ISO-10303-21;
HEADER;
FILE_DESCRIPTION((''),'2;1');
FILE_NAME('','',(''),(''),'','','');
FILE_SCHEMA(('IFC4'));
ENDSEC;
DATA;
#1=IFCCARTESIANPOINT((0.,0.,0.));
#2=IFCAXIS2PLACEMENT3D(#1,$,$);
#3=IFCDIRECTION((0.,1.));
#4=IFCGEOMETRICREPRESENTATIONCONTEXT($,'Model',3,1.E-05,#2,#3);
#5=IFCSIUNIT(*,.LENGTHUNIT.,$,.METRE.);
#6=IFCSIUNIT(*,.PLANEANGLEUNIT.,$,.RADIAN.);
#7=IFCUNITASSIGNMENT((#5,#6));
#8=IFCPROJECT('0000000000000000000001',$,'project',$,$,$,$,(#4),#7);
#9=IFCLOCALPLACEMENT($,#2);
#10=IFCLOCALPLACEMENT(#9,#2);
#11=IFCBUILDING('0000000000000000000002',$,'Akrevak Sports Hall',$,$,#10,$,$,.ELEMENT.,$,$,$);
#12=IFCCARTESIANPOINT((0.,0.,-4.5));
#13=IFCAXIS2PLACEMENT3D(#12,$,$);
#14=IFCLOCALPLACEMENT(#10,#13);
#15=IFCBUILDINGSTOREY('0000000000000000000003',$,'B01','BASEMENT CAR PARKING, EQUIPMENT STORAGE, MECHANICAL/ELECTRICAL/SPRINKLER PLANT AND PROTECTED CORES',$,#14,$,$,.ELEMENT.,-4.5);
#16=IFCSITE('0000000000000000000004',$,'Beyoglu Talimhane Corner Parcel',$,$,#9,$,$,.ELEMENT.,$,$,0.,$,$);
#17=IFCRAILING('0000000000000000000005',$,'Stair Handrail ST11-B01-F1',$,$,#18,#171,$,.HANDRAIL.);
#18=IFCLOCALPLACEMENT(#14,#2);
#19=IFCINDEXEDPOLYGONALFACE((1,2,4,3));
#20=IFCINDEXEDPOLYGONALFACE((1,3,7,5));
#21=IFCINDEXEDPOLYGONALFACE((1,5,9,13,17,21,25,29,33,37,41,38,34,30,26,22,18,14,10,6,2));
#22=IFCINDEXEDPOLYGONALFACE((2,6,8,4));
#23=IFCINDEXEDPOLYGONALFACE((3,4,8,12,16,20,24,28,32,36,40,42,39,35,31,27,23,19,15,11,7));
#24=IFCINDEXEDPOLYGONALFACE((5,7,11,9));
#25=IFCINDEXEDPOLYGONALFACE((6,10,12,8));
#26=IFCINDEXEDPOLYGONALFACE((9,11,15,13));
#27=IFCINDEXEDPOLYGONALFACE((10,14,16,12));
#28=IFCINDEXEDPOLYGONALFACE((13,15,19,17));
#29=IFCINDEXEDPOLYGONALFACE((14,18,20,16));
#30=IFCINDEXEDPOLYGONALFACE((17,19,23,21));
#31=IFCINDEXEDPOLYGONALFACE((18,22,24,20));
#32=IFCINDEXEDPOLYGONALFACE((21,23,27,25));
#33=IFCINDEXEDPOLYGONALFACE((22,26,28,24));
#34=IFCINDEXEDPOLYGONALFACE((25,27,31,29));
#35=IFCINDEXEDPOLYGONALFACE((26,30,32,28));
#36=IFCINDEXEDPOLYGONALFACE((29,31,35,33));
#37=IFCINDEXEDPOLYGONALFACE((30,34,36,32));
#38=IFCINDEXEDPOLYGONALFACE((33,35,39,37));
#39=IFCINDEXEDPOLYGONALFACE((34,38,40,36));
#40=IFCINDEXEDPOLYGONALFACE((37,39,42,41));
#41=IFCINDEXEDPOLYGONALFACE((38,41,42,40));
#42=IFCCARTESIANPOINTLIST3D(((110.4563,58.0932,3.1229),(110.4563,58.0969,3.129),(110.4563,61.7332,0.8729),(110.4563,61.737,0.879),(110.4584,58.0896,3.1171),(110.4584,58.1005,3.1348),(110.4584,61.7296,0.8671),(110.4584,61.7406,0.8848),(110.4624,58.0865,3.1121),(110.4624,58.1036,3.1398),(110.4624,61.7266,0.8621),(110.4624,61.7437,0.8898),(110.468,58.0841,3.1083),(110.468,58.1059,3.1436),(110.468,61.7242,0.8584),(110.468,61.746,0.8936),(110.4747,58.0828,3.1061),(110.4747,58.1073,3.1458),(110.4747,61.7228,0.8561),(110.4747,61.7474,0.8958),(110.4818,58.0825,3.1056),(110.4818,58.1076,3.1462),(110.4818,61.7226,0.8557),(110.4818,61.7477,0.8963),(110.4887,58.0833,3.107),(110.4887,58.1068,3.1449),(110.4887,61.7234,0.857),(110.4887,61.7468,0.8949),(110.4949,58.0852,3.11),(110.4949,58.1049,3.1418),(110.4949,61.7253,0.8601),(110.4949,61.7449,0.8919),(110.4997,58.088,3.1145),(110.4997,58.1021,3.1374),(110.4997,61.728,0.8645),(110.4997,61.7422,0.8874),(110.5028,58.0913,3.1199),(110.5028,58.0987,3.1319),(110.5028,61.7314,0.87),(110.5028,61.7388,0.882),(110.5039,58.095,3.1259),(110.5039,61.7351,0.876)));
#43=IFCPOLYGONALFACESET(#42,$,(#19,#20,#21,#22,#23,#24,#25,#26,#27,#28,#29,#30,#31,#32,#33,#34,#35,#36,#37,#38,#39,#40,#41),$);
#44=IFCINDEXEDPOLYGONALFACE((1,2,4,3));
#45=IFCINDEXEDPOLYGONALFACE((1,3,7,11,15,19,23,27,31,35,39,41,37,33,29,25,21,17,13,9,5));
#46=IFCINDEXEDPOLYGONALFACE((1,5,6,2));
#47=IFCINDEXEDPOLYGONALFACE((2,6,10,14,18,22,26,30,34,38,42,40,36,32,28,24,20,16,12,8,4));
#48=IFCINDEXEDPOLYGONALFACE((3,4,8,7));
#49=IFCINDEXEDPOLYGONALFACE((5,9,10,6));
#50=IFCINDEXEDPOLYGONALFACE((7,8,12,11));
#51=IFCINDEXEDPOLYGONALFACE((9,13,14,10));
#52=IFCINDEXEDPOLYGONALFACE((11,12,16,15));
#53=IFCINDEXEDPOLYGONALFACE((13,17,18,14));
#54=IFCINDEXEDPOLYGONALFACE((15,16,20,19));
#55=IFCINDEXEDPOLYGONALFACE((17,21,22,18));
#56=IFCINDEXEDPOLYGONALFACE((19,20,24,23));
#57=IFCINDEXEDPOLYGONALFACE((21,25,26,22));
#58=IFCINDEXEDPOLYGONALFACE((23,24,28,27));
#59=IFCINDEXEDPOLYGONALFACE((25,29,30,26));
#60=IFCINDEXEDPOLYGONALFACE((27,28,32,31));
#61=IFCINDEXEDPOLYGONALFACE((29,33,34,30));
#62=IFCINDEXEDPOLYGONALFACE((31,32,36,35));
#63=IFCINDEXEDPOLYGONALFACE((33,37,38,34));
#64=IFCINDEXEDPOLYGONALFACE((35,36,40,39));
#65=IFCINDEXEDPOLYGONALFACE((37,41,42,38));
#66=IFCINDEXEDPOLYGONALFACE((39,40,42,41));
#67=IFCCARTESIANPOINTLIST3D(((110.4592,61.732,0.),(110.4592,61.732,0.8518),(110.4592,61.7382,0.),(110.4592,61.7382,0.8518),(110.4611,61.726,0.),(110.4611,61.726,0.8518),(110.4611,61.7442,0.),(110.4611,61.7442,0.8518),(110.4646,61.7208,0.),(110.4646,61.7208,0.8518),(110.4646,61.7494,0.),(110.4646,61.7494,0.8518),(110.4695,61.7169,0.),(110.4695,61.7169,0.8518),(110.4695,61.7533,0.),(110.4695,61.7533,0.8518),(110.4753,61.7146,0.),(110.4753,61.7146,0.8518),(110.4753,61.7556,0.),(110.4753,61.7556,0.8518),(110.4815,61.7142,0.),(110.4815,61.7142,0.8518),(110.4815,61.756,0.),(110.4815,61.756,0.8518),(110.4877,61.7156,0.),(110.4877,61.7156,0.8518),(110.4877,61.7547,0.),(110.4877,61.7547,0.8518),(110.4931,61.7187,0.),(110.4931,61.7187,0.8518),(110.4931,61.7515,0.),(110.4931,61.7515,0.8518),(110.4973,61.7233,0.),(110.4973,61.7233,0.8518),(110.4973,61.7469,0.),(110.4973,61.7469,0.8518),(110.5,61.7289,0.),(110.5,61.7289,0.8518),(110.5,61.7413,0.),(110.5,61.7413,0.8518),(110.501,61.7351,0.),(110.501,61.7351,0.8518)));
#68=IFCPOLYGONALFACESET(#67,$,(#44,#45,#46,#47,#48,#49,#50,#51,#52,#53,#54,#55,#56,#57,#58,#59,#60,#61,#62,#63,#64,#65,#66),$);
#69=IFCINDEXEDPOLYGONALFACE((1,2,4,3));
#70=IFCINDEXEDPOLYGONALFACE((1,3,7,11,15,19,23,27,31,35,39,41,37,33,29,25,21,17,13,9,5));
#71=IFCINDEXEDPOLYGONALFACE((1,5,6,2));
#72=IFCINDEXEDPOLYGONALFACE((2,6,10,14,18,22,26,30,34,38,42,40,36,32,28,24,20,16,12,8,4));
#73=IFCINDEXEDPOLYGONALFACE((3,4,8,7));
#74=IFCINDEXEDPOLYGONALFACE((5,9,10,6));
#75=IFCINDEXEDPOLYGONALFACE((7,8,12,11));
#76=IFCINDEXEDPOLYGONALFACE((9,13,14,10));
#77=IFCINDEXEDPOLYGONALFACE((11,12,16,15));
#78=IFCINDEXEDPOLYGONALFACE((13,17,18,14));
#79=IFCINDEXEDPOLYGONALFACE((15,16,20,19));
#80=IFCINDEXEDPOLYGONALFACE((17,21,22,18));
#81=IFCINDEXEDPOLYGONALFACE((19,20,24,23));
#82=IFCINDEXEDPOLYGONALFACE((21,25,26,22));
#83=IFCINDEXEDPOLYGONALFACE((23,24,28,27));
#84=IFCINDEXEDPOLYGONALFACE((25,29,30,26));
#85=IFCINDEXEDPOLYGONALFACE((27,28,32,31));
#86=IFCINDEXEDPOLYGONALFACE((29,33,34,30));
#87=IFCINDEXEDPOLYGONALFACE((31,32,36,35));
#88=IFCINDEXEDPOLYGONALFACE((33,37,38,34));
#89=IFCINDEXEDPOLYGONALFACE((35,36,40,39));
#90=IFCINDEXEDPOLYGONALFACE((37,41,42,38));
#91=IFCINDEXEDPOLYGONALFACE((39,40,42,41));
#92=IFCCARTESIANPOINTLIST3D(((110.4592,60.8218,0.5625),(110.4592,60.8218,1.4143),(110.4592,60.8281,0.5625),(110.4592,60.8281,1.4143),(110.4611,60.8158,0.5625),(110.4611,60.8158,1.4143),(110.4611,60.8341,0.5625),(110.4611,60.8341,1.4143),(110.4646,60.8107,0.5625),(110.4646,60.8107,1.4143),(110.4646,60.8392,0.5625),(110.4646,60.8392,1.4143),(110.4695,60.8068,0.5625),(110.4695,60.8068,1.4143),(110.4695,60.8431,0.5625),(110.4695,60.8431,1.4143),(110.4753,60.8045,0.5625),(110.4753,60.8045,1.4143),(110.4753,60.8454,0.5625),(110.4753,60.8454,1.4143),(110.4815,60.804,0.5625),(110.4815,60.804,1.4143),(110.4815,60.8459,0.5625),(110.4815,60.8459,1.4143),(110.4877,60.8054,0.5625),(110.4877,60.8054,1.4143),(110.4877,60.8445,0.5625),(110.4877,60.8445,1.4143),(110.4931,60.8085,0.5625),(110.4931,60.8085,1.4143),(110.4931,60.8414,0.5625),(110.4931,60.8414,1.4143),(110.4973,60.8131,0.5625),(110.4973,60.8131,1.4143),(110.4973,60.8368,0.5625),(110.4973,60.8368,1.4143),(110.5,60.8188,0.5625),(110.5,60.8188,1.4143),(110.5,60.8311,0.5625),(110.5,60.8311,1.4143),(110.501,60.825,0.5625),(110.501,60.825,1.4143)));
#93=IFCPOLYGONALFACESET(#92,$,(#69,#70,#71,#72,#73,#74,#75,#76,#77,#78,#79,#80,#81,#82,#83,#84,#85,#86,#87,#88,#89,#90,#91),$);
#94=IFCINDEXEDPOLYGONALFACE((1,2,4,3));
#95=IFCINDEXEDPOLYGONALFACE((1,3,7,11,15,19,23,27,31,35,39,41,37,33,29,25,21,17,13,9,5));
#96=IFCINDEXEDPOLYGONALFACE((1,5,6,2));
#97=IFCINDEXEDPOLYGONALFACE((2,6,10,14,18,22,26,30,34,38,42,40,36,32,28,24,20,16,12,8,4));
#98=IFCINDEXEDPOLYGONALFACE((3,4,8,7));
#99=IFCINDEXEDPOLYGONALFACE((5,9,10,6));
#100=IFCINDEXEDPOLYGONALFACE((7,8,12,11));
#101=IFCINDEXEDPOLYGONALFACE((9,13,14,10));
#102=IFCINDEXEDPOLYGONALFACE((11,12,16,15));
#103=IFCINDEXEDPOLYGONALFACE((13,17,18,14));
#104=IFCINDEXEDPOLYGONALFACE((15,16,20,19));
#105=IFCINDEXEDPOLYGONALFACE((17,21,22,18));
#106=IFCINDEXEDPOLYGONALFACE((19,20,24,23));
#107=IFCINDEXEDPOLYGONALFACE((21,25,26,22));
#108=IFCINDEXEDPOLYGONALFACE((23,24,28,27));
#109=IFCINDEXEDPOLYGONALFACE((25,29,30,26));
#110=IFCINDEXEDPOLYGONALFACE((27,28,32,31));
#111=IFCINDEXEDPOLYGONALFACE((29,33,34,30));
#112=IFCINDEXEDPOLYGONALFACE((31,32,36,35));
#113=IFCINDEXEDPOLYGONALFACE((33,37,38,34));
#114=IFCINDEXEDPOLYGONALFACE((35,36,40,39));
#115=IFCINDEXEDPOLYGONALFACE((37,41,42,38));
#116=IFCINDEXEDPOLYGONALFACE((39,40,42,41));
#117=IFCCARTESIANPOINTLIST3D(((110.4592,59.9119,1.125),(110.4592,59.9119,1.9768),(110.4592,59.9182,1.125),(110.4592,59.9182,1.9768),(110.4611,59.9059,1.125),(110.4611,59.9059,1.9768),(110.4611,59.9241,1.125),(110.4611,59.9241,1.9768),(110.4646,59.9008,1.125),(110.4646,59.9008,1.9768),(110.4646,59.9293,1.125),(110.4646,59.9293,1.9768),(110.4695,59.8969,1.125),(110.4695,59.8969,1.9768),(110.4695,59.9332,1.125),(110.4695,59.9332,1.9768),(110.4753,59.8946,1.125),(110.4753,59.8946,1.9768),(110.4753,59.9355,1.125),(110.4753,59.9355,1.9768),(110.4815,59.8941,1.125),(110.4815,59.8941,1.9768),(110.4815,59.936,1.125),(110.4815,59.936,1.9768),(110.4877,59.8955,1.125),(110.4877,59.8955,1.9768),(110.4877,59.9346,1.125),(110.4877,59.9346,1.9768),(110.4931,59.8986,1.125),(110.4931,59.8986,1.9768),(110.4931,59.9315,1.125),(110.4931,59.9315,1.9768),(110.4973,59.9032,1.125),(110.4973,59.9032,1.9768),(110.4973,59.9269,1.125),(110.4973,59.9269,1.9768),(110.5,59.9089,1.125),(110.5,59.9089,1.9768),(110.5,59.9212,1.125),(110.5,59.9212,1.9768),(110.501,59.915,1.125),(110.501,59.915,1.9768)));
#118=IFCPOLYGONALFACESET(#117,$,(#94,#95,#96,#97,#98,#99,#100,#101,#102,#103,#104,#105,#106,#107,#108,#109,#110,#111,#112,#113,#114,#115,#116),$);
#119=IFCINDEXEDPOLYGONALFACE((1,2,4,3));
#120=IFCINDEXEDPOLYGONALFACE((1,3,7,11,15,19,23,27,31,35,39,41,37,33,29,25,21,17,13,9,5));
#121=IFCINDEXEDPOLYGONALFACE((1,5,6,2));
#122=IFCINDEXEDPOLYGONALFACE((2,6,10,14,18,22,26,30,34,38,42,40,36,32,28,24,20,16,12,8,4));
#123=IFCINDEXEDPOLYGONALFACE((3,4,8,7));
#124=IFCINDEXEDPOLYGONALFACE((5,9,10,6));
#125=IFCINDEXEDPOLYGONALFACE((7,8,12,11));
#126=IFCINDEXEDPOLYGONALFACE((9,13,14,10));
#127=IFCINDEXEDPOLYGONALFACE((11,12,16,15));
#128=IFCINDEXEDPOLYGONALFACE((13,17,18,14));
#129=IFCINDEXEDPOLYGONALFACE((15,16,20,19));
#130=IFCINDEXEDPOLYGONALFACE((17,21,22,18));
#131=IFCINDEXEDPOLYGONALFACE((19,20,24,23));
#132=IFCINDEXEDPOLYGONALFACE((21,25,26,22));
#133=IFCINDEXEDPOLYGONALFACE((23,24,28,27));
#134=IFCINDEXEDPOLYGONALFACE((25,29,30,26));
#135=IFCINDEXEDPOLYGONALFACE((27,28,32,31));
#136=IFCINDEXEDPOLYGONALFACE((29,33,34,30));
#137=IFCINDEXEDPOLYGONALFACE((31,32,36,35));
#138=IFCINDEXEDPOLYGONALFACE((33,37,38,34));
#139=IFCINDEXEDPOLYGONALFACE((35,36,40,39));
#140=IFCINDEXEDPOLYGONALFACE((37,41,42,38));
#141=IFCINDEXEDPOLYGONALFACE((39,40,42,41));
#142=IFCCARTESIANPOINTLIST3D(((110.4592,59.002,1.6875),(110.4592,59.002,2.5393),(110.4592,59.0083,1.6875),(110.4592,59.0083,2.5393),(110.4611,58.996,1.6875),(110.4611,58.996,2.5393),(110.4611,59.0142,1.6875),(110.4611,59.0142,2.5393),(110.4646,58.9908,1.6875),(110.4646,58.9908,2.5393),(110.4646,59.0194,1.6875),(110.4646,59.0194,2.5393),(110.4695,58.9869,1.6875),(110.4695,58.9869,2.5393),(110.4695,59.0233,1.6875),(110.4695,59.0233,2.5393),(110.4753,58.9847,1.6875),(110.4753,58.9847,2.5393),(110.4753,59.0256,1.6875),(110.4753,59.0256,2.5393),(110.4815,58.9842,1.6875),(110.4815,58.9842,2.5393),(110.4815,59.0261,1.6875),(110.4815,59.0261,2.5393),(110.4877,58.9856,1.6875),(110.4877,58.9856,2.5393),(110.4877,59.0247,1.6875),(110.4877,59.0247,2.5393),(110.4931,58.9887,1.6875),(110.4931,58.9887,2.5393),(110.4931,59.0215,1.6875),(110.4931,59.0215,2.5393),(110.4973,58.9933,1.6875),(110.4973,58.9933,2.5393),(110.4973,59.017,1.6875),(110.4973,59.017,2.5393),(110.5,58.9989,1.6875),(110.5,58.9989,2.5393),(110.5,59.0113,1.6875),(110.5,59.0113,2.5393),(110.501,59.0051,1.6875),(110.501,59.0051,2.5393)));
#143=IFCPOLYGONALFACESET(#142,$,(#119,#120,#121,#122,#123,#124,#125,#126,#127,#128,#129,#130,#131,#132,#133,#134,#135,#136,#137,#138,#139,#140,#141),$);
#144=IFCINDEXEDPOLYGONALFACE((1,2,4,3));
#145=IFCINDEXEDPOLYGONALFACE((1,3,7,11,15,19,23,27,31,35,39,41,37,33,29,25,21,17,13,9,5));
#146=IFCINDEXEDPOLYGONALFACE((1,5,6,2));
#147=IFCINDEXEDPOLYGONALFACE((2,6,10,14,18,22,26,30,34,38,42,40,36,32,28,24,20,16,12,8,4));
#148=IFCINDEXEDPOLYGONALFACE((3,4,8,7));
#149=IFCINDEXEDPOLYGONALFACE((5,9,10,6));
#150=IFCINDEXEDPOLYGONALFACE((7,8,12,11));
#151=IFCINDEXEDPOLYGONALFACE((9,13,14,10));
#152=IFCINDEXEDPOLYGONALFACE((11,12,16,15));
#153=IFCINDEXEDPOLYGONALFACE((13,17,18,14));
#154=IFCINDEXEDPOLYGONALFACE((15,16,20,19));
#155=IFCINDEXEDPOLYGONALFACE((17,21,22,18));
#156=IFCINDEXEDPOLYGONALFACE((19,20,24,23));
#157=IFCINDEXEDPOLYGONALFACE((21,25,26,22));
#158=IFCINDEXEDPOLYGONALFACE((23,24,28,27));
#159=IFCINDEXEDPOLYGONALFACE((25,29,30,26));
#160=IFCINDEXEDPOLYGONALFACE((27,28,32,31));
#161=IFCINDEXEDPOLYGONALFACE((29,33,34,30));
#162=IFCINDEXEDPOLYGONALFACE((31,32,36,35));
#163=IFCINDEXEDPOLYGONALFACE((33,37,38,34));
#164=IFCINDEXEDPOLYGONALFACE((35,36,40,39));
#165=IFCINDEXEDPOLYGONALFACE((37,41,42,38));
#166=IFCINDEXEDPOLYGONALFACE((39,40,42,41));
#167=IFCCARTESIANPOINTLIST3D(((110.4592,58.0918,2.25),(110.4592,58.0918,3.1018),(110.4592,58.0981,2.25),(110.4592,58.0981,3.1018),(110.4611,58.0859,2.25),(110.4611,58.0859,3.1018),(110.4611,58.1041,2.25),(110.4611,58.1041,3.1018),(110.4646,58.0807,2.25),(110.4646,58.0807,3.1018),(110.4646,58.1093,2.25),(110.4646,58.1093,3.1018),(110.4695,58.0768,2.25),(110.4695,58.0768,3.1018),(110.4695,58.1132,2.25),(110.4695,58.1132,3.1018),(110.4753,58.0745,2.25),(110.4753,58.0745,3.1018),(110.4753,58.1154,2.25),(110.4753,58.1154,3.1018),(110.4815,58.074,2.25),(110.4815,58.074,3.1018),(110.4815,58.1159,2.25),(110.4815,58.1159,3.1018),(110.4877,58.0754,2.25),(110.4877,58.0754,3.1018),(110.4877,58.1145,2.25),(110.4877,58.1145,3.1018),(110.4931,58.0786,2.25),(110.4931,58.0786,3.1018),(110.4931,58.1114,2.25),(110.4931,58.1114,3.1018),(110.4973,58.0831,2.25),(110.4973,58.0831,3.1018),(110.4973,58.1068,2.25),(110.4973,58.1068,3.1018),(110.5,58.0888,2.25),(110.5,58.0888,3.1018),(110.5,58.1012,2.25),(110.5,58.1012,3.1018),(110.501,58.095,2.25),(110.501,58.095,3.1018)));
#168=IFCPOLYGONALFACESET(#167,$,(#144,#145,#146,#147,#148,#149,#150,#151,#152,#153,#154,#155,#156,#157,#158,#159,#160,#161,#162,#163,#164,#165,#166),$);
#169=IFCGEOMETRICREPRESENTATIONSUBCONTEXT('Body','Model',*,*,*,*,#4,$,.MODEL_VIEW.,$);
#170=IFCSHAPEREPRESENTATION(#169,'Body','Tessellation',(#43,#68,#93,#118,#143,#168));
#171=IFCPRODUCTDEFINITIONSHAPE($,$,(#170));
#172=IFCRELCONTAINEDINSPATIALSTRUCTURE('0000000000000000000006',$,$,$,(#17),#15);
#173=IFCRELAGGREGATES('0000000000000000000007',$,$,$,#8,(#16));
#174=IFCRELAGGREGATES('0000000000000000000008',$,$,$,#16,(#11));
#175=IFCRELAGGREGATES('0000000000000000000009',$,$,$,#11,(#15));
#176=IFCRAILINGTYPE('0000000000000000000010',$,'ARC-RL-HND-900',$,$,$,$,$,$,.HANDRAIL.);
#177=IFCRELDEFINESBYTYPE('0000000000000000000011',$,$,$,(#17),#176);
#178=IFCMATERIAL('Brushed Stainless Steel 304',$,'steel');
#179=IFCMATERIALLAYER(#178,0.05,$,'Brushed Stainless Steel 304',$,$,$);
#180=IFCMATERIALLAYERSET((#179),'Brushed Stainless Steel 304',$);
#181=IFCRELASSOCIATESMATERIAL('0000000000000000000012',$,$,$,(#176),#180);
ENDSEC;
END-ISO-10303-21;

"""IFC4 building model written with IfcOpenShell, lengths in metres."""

from ifc_helpers import new_model, si_unit, direction, frame, origin, origin_2d, place, context, subcontext, project, spatial, circle, extrude, material, layer, layer_set, type_object, element, save


model = new_model("IFC4")

# Units and contexts
model_context = context("Model", 3, precision=1e-05, world=origin(), true_north=direction((0.0, 1.0)))
body_context = subcontext(model_context, "Body", "Model", "MODEL_VIEW")
ifc_project = project(units=[si_unit("LENGTHUNIT", "METRE"), si_unit("PLANEANGLEUNIT", "RADIAN")], contexts=[model_context])

# Site, building, storey
site_placement = place(None, origin())
site = spatial("IfcSite", under=ifc_project, at=site_placement, Name="Beyoglu Talimhane Corner Parcel", CompositionType="ELEMENT", RefElevation=0.0)
building_placement = place(site_placement, origin())
building = spatial("IfcBuilding", under=site, at=building_placement, Name="Akrevak Sports Hall", CompositionType="ELEMENT")
storey_placement = place(building_placement, frame((0.0, 0.0, -4.5)))
storey = spatial("IfcBuildingStorey", under=building, at=storey_placement, Name="B01", Description="BASEMENT CAR PARKING, EQUIPMENT STORAGE, MECHANICAL/ELECTRICAL/SPRINKLER PLANT AND PROTECTED CORES", CompositionType="ELEMENT", Elevation=-4.5)

# Railing
ifc_material_1 = material(Name="Brushed Stainless Steel 304", Category="steel")
ifc_layer_1 = layer(ifc_material_1, 0.05, Name="Brushed Stainless Steel 304")
ifc_layer_set_1 = layer_set([ifc_layer_1], Name="Brushed Stainless Steel 304")
railing_type_1 = type_object("IfcRailingType", Name="ARC-RL-HND-900", PredefinedType="HANDRAIL", material=ifc_layer_set_1)
railing_1_placement = place(storey_placement, frame((110.48, 61.7351, 0.0)))
element("IfcRailing", 1, at=railing_1_placement, inside=storey, type_object=railing_type_1, Name="Stair Handrail ST11-B01-F1", PredefinedType="HANDRAIL", context=body_context, shape_type="SweptSolid", body=[
    extrude(circle(Radius=0.0239, at=origin_2d()), frame((0.0, 0.0, 0.876), z_axis=(0.0, -0.850622, 0.525777), x_axis=(1.0, 0.0, 0.0)), (0.0, 0.0, 1.0), 4.2793),
    extrude(circle(Radius=0.021, at=origin_2d()), origin(), (0.0, 0.0, 1.0), 0.8518),
    extrude(circle(Radius=0.021, at=origin_2d()), frame((0.0, -0.9102, 0.5625)), (0.0, 0.0, 1.0), 0.8518),
    extrude(circle(Radius=0.021, at=origin_2d()), frame((0.0, -1.8201, 1.125)), (0.0, 0.0, 1.0), 0.8518),
    extrude(circle(Radius=0.021, at=origin_2d()), frame((0.0, -2.73, 1.6875)), (0.0, 0.0, 1.0), 0.8518),
    extrude(circle(Radius=0.021, at=origin_2d()), frame((0.0, -3.6401, 2.25)), (0.0, 0.0, 1.0), 0.8518),
])

save(model, "model.ifc")
